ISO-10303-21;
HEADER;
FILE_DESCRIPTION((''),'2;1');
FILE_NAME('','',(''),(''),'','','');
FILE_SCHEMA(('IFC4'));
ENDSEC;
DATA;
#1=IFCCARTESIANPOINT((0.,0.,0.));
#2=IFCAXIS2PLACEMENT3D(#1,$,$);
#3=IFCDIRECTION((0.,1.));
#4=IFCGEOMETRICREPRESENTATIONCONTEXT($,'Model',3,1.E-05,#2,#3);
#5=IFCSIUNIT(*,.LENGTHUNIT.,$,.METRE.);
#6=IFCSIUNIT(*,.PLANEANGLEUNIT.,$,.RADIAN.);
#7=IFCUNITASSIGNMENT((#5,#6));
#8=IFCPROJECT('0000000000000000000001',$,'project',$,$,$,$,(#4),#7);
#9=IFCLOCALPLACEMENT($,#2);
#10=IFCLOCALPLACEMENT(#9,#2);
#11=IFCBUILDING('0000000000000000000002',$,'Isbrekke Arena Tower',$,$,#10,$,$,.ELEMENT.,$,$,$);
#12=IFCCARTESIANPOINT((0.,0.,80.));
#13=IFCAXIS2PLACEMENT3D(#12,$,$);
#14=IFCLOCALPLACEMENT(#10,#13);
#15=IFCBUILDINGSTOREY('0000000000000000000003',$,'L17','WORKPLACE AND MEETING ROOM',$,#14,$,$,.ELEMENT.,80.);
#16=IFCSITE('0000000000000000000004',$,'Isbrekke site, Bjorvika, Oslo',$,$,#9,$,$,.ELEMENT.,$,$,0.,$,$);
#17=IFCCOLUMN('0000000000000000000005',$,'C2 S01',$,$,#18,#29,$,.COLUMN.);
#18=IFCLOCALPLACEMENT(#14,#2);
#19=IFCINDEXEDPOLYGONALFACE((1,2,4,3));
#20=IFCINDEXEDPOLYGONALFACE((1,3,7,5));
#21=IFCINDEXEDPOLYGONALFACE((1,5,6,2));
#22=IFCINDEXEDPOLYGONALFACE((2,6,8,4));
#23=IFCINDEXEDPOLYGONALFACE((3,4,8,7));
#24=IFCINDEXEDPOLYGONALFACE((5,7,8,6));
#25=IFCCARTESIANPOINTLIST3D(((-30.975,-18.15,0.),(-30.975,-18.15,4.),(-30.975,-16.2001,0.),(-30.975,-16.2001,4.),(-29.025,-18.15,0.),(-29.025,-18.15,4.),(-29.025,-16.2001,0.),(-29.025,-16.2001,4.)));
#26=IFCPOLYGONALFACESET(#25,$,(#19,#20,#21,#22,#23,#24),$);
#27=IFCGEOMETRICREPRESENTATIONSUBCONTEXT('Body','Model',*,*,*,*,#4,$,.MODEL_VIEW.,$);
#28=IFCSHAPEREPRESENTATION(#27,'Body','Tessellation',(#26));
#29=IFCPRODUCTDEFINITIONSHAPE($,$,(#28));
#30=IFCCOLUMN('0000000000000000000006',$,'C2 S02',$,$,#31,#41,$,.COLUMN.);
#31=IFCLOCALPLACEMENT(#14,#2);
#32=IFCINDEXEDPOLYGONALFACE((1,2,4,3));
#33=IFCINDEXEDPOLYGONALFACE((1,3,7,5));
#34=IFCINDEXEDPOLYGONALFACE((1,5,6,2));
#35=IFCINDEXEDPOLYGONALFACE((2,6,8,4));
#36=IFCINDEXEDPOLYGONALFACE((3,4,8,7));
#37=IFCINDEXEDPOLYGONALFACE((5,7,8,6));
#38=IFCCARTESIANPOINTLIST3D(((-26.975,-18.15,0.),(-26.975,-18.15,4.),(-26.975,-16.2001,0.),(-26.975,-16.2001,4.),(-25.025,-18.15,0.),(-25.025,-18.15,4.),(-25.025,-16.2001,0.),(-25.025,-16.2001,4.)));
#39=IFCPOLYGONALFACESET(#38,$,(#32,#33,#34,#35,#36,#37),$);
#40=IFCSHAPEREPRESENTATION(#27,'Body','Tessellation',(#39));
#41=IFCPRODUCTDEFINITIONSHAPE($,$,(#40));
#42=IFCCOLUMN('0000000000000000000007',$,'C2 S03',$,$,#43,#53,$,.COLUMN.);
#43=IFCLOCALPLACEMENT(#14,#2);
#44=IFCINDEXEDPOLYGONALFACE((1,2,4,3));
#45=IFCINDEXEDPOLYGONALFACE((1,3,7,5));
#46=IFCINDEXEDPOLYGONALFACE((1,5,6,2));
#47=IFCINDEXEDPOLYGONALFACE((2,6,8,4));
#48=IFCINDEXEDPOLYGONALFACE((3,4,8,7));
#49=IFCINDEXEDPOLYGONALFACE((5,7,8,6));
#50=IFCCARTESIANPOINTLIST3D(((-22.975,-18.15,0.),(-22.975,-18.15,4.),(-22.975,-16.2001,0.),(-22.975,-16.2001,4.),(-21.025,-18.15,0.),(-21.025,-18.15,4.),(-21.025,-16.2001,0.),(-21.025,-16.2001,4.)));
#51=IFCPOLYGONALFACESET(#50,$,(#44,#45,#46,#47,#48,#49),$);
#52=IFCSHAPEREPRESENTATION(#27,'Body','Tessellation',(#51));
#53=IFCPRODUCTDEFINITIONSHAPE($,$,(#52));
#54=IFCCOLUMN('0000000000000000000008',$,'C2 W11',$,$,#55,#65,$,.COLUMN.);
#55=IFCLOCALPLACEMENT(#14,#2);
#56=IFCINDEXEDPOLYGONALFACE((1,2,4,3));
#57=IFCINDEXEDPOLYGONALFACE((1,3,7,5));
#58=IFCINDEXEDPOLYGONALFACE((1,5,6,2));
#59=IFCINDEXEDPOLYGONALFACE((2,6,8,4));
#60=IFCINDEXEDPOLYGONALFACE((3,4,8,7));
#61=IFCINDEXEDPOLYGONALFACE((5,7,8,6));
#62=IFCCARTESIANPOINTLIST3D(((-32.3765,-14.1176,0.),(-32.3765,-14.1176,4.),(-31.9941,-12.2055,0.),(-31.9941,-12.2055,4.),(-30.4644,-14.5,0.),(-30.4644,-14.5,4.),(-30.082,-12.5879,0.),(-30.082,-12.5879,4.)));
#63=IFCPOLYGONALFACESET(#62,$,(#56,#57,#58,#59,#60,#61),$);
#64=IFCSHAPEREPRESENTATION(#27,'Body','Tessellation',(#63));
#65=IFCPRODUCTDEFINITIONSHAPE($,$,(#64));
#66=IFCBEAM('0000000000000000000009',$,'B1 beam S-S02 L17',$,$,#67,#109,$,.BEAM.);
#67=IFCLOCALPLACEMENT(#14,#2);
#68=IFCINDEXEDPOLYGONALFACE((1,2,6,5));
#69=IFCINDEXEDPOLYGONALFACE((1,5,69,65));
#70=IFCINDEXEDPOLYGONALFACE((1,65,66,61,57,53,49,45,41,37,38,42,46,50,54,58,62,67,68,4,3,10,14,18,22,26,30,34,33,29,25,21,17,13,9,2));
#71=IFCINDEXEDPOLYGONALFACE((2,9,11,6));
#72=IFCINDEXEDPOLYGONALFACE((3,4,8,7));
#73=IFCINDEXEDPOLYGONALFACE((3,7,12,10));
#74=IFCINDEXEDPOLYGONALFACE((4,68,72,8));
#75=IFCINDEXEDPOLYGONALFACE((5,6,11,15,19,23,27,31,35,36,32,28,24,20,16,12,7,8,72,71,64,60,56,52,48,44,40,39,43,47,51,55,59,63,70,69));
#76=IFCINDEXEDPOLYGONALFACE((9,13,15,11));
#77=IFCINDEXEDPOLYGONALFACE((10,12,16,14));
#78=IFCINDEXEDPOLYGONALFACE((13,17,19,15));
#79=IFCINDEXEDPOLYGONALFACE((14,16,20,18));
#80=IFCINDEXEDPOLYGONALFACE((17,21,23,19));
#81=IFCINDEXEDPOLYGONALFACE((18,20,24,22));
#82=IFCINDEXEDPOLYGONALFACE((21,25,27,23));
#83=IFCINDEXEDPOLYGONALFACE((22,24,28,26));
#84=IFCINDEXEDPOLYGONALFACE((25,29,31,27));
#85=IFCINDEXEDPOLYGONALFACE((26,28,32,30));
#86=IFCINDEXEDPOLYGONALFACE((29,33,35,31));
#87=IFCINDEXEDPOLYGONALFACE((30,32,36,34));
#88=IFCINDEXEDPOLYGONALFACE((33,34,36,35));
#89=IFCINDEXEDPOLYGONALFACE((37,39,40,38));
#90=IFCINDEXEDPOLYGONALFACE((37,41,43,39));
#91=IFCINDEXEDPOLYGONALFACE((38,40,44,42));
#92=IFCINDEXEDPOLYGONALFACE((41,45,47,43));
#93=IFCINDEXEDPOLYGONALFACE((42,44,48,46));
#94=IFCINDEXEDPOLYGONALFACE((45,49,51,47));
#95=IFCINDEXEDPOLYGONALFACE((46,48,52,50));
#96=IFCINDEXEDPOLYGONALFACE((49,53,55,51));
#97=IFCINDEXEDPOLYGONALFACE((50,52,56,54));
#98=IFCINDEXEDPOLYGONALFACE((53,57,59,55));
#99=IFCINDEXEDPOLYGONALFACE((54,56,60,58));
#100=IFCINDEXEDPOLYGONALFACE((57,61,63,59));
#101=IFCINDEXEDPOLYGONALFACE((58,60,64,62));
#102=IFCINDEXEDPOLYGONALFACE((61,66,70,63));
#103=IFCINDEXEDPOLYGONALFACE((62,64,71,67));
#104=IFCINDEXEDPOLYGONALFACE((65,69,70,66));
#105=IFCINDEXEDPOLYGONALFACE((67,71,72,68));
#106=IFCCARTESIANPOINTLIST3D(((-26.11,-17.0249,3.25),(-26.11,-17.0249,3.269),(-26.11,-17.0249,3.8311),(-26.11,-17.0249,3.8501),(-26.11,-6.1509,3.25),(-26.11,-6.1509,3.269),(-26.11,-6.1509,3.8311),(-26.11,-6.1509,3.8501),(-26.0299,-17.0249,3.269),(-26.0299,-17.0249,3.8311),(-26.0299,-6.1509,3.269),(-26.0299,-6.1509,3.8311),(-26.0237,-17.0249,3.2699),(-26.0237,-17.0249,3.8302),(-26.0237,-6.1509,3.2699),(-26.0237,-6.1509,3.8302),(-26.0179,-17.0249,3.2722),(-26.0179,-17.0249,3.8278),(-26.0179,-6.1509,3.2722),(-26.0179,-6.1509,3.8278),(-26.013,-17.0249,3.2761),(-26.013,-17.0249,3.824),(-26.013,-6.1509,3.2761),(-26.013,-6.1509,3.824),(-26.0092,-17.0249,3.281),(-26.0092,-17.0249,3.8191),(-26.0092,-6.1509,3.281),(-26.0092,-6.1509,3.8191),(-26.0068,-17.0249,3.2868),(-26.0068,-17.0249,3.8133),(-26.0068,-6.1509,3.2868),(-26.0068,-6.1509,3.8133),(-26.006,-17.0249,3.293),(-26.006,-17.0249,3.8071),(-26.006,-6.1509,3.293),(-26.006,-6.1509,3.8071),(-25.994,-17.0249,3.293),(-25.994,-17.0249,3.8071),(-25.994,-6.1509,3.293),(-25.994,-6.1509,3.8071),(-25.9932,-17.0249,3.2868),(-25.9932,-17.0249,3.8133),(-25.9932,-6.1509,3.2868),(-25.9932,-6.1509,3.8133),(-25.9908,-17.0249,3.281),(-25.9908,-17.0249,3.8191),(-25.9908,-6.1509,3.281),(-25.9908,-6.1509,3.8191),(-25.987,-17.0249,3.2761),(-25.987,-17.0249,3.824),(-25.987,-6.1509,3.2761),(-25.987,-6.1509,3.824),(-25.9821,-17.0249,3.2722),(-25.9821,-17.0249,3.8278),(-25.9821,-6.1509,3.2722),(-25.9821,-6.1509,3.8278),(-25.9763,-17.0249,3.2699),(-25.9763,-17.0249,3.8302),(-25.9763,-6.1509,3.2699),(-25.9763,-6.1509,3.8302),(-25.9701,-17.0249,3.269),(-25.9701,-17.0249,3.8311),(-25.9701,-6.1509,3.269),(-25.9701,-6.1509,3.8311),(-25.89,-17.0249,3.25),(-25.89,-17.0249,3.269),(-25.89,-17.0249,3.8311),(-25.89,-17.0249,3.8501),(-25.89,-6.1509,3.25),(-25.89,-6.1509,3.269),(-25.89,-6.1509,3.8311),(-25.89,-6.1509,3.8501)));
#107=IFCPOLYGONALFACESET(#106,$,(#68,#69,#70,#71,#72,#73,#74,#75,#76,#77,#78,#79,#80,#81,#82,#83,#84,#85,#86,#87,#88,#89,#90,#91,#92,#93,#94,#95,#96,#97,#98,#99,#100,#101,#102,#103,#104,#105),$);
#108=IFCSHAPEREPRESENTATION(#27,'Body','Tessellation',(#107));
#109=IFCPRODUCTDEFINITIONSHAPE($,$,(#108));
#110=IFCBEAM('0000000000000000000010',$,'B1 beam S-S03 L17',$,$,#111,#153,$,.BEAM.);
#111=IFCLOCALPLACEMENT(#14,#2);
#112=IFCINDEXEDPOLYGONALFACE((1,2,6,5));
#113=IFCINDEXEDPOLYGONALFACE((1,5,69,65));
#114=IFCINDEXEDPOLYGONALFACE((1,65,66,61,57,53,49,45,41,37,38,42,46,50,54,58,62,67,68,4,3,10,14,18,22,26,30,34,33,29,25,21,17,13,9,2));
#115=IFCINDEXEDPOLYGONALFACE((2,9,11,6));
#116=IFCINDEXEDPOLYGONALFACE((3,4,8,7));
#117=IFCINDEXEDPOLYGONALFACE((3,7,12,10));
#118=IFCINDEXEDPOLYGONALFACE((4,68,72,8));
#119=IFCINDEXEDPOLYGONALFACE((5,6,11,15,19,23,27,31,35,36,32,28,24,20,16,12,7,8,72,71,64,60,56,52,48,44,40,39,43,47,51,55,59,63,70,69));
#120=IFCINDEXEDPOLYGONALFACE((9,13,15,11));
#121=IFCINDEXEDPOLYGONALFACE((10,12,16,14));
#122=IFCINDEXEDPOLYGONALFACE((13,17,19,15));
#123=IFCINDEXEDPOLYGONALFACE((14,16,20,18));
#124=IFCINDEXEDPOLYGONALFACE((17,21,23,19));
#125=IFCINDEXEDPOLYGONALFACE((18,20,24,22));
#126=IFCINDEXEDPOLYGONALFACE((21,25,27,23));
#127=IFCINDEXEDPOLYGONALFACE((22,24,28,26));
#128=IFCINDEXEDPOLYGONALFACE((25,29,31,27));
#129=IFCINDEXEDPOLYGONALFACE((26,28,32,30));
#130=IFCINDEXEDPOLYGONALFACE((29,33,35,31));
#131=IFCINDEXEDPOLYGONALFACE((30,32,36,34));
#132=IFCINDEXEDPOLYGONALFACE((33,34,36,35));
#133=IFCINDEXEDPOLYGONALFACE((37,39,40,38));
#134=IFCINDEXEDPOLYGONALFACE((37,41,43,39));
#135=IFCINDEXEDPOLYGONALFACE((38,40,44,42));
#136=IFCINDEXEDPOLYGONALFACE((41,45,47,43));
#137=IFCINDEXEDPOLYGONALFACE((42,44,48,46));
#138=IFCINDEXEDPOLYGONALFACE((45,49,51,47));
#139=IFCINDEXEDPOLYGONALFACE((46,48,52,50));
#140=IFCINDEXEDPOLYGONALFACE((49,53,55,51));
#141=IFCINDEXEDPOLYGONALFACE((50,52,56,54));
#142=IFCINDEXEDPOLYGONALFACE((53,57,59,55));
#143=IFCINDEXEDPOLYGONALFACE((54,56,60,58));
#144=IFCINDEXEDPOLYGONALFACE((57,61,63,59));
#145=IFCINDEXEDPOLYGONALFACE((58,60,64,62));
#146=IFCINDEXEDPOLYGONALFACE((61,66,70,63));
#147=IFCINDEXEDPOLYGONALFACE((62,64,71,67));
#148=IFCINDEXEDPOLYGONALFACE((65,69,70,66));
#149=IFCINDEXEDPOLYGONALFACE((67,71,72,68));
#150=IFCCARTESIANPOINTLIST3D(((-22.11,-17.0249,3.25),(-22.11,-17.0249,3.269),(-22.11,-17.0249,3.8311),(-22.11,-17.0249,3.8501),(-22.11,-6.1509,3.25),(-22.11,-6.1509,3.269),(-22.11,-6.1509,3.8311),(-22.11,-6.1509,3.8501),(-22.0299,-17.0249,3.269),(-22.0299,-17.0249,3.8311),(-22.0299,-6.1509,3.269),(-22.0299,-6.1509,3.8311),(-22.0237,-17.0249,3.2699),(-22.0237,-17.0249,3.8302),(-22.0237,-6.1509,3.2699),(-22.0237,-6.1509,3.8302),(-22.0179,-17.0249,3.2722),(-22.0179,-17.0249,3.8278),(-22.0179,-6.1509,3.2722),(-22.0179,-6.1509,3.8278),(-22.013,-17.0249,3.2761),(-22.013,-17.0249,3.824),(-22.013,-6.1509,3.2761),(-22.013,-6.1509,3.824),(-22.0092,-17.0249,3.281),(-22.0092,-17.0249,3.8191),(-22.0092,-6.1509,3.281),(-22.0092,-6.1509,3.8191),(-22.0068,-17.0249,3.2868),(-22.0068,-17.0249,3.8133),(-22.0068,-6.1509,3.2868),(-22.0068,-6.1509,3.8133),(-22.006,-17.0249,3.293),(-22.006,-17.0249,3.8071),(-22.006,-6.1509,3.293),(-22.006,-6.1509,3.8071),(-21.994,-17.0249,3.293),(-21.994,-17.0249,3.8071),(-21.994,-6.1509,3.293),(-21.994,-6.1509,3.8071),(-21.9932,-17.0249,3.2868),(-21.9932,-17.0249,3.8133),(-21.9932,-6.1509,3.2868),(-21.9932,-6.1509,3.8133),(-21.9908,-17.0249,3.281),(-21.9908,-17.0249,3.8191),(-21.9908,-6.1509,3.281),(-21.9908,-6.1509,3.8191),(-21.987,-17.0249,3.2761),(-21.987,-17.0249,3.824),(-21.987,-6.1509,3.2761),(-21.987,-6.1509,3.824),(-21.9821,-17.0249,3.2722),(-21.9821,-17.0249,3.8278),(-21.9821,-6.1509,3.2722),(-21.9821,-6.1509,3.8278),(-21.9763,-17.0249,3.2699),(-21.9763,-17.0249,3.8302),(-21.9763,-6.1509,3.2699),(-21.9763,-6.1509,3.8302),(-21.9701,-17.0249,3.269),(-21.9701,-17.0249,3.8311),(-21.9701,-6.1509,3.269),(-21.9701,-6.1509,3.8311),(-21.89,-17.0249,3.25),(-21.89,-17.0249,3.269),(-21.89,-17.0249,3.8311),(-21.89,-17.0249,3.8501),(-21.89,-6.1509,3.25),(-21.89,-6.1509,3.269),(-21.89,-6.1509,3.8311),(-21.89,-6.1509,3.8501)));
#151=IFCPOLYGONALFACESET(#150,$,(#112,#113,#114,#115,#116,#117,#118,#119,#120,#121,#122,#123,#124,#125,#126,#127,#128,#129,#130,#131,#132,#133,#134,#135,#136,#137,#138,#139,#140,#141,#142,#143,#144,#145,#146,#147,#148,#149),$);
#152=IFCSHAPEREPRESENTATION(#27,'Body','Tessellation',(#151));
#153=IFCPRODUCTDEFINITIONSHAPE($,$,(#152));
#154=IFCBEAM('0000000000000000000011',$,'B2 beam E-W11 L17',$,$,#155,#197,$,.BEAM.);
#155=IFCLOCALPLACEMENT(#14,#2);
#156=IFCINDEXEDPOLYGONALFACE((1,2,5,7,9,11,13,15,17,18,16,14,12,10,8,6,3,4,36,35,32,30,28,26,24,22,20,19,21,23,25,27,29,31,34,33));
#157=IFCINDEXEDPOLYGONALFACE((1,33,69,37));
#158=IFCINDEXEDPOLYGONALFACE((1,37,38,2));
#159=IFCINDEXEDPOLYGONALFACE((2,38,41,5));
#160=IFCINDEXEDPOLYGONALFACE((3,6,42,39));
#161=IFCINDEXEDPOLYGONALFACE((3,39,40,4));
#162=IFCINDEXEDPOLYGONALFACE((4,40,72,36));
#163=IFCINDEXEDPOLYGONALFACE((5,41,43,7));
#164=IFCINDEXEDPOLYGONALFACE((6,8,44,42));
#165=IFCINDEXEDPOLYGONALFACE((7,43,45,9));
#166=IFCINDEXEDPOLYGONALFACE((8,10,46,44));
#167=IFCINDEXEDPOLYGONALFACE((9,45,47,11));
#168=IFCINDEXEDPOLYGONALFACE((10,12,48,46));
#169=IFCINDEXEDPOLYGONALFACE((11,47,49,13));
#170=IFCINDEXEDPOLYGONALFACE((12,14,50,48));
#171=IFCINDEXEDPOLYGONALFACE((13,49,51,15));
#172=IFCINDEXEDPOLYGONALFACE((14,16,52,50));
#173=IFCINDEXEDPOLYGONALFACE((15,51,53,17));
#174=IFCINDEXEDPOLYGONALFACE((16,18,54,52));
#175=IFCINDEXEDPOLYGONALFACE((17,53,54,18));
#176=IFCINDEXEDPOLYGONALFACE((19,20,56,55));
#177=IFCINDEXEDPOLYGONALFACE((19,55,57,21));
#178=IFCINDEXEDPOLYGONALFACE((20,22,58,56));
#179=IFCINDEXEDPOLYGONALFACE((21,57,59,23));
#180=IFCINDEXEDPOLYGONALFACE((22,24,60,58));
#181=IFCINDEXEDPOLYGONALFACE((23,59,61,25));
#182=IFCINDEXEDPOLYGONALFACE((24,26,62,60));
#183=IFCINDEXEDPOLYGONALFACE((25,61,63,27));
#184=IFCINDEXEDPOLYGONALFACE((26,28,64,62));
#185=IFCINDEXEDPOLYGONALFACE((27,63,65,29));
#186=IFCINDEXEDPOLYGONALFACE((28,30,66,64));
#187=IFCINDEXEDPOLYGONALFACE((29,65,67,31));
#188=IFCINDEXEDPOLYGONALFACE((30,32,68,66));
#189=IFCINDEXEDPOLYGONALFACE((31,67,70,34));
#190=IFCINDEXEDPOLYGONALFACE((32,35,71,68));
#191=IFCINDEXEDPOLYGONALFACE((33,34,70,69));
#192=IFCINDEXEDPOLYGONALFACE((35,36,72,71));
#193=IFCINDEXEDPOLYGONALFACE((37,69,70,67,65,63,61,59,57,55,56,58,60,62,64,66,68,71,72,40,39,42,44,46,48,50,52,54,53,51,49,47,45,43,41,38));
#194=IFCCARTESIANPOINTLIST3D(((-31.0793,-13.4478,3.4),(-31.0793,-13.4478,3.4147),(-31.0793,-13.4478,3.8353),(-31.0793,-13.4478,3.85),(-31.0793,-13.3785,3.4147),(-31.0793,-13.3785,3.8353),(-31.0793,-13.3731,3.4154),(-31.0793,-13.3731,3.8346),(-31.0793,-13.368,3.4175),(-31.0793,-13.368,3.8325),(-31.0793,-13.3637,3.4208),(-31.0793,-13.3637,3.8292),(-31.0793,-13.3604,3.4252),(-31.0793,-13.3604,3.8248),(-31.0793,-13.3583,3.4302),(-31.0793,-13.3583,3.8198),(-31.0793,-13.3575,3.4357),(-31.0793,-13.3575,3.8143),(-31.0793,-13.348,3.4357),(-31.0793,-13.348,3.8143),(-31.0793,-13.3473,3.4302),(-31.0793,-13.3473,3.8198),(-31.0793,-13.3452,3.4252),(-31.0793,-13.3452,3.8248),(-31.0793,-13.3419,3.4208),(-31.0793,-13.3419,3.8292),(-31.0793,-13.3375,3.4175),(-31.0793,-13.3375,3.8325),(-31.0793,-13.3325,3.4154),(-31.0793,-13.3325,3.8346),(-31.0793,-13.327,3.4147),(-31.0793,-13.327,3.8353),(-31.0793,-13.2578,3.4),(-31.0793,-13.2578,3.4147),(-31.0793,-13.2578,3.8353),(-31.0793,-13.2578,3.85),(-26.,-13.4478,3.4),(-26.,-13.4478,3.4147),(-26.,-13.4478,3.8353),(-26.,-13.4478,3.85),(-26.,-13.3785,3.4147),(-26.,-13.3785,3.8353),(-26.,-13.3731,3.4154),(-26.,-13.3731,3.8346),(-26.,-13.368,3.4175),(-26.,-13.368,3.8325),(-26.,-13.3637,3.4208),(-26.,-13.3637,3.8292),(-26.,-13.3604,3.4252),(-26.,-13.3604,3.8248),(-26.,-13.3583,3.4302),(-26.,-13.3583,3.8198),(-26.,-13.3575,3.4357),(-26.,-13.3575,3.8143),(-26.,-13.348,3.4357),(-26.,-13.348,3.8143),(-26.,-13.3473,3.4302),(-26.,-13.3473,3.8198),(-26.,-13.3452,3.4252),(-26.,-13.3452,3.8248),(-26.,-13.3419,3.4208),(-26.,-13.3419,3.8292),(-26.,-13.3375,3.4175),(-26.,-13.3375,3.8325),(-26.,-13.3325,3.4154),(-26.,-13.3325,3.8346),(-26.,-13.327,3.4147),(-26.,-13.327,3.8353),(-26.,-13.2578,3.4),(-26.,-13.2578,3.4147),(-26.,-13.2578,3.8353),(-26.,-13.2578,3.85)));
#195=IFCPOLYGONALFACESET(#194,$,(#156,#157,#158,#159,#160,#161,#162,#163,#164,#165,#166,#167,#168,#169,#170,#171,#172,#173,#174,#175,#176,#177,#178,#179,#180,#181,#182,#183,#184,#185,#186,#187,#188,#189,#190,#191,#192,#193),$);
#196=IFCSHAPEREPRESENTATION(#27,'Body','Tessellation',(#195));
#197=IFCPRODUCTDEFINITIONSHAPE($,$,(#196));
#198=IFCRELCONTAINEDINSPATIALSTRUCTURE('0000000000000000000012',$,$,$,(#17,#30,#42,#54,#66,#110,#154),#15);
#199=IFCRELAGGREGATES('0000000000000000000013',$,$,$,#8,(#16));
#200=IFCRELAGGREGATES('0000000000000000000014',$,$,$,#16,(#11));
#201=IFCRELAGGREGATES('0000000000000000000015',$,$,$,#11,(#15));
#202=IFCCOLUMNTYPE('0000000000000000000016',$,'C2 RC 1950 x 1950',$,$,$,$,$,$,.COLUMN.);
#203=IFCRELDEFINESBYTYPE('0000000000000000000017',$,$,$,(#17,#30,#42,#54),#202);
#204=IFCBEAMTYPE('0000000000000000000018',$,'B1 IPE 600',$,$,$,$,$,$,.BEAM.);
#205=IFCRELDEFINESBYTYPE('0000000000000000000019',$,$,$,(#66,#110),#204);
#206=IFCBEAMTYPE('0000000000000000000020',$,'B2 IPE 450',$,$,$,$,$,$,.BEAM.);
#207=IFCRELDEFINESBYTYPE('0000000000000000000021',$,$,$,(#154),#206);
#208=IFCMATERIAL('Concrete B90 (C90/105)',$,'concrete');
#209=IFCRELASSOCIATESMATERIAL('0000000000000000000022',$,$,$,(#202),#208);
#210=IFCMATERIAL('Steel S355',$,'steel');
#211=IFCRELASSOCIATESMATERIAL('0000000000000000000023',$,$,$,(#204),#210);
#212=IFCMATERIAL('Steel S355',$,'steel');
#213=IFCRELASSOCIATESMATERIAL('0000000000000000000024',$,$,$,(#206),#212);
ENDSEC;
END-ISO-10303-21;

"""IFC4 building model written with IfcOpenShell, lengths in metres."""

from ifc_helpers import new_model, si_unit, direction, frame, origin, origin_2d, place, context, subcontext, project, spatial, rectangle, i_section, extrude, material, material_profile, profile_set, type_object, element, save


model = new_model("IFC4")

# Units and contexts
model_context = context("Model", 3, precision=1e-05, world=origin(), true_north=direction((0.0, 1.0)))
body_context = subcontext(model_context, "Body", "Model", "MODEL_VIEW")
ifc_project = project(units=[si_unit("LENGTHUNIT", "METRE"), si_unit("PLANEANGLEUNIT", "RADIAN")], contexts=[model_context])

# Site, building, storey
site_placement = place(None, origin())
site = spatial("IfcSite", under=ifc_project, at=site_placement, Name="Isbrekke site, Bjorvika, Oslo", CompositionType="ELEMENT", RefElevation=0.0)
building_placement = place(site_placement, origin())
building = spatial("IfcBuilding", under=site, at=building_placement, Name="Isbrekke Arena Tower", CompositionType="ELEMENT")
storey_placement = place(building_placement, frame((0.0, 0.0, 80.0)))
storey = spatial("IfcBuildingStorey", under=building, at=storey_placement, Name="L17", Description="WORKPLACE AND MEETING ROOM", CompositionType="ELEMENT", Elevation=80.0)

# Columns
ifc_material_1 = material(Name="Concrete B90 (C90/105)", Category="concrete")
ifc_material_profile_1 = material_profile(ifc_material_1, rectangle(XDim=1.95, YDim=1.95, at=origin_2d()), Name="RC 1950x1950")
ifc_profile_set_1 = profile_set([ifc_material_profile_1], Name="Concrete B90 (C90/105)")
column_type = type_object("IfcColumnType", Name="C2 RC 1950 x 1950", PredefinedType="COLUMN", material=ifc_profile_set_1)
for number, where, z_axis, x_axis, name in (
    (1, (-30.0, -17.175, 0.0), (0.0, 0.0, 1.0), (1.0, 0.0, 0.0), "C2 S01"),
    (2, (-26.0, -17.175, 0.0), (0.0, 0.0, 1.0), (1.0, 0.0, 0.0), "C2 S02"),
    (3, (-22.0, -17.175, 0.0), (0.0, 0.0, 1.0), (1.0, 0.0, 0.0), "C2 S03"),
    (4, (-31.2292, -13.3528, 0.0), (0.0, 0.0, 1.0), (-0.196116, -0.980581, 0.0), "C2 W11"),
):
    element("IfcColumn", number, at=place(storey_placement, frame(where, z_axis=z_axis, x_axis=x_axis)), inside=storey, type_object=column_type, Name=name, PredefinedType="COLUMN", context=body_context, shape_type="SweptSolid", body=[
        extrude(rectangle(XDim=1.95, YDim=1.95, at=origin_2d()), origin(), (0.0, 0.0, 1.0), 4.0),
    ])

# Beams
ifc_material_2 = material(Name="Steel S355", Category="steel")
ifc_material_profile_2 = material_profile(ifc_material_2, i_section(OverallWidth=0.22, OverallDepth=0.6001, WebThickness=0.012, FlangeThickness=0.019, FilletRadius=0.0239, at=origin_2d()), Name="IPE 600")
ifc_profile_set_2 = profile_set([ifc_material_profile_2], Name="Steel S355")
beam_type_1 = type_object("IfcBeamType", Name="B1 IPE 600", PredefinedType="BEAM", material=ifc_profile_set_2)
for number, where, z_axis, x_axis, name in (
    (5, (-26.0, -17.0249, 3.55), (0.0, 1.0, 0.0), (-1.0, 0.0, 0.0), "B1 beam S-S02 L17"),
    (6, (-22.0, -17.0249, 3.55), (0.0, 1.0, 0.0), (-1.0, 0.0, 0.0), "B1 beam S-S03 L17"),
):
    element("IfcBeam", number, at=place(storey_placement, frame(where, z_axis=z_axis, x_axis=x_axis)), inside=storey, type_object=beam_type_1, Name=name, PredefinedType="BEAM", context=body_context, shape_type="SweptSolid", body=[
        extrude(i_section(OverallWidth=0.22, OverallDepth=0.6001, WebThickness=0.012, FlangeThickness=0.019, FilletRadius=0.0239, at=origin_2d()), origin(), (0.0, 0.0, 1.0), 10.874),
    ])
ifc_material_3 = material(Name="Steel S355", Category="steel")
ifc_material_profile_3 = material_profile(ifc_material_3, i_section(OverallWidth=0.1899, OverallDepth=0.45, WebThickness=0.0095, FlangeThickness=0.0146, FilletRadius=0.021, at=origin_2d()), Name="IPE 450")
ifc_profile_set_3 = profile_set([ifc_material_profile_3], Name="Steel S355")
beam_type_2 = type_object("IfcBeamType", Name="B2 IPE 450", PredefinedType="BEAM", material=ifc_profile_set_3)
beam_1_placement = place(storey_placement, frame((-31.0793, -13.3528, 3.625), z_axis=(1.0, 0.0, 0.0), x_axis=(0.0, 1.0, 0.0)))
element("IfcBeam", 7, at=beam_1_placement, inside=storey, type_object=beam_type_2, Name="B2 beam E-W11 L17", PredefinedType="BEAM", context=body_context, shape_type="SweptSolid", body=[
    extrude(i_section(OverallWidth=0.1899, OverallDepth=0.45, WebThickness=0.0095, FlangeThickness=0.0146, FilletRadius=0.021, at=origin_2d()), origin(), (0.0, 0.0, 1.0), 5.0793),
])

save(model, "model.ifc")
